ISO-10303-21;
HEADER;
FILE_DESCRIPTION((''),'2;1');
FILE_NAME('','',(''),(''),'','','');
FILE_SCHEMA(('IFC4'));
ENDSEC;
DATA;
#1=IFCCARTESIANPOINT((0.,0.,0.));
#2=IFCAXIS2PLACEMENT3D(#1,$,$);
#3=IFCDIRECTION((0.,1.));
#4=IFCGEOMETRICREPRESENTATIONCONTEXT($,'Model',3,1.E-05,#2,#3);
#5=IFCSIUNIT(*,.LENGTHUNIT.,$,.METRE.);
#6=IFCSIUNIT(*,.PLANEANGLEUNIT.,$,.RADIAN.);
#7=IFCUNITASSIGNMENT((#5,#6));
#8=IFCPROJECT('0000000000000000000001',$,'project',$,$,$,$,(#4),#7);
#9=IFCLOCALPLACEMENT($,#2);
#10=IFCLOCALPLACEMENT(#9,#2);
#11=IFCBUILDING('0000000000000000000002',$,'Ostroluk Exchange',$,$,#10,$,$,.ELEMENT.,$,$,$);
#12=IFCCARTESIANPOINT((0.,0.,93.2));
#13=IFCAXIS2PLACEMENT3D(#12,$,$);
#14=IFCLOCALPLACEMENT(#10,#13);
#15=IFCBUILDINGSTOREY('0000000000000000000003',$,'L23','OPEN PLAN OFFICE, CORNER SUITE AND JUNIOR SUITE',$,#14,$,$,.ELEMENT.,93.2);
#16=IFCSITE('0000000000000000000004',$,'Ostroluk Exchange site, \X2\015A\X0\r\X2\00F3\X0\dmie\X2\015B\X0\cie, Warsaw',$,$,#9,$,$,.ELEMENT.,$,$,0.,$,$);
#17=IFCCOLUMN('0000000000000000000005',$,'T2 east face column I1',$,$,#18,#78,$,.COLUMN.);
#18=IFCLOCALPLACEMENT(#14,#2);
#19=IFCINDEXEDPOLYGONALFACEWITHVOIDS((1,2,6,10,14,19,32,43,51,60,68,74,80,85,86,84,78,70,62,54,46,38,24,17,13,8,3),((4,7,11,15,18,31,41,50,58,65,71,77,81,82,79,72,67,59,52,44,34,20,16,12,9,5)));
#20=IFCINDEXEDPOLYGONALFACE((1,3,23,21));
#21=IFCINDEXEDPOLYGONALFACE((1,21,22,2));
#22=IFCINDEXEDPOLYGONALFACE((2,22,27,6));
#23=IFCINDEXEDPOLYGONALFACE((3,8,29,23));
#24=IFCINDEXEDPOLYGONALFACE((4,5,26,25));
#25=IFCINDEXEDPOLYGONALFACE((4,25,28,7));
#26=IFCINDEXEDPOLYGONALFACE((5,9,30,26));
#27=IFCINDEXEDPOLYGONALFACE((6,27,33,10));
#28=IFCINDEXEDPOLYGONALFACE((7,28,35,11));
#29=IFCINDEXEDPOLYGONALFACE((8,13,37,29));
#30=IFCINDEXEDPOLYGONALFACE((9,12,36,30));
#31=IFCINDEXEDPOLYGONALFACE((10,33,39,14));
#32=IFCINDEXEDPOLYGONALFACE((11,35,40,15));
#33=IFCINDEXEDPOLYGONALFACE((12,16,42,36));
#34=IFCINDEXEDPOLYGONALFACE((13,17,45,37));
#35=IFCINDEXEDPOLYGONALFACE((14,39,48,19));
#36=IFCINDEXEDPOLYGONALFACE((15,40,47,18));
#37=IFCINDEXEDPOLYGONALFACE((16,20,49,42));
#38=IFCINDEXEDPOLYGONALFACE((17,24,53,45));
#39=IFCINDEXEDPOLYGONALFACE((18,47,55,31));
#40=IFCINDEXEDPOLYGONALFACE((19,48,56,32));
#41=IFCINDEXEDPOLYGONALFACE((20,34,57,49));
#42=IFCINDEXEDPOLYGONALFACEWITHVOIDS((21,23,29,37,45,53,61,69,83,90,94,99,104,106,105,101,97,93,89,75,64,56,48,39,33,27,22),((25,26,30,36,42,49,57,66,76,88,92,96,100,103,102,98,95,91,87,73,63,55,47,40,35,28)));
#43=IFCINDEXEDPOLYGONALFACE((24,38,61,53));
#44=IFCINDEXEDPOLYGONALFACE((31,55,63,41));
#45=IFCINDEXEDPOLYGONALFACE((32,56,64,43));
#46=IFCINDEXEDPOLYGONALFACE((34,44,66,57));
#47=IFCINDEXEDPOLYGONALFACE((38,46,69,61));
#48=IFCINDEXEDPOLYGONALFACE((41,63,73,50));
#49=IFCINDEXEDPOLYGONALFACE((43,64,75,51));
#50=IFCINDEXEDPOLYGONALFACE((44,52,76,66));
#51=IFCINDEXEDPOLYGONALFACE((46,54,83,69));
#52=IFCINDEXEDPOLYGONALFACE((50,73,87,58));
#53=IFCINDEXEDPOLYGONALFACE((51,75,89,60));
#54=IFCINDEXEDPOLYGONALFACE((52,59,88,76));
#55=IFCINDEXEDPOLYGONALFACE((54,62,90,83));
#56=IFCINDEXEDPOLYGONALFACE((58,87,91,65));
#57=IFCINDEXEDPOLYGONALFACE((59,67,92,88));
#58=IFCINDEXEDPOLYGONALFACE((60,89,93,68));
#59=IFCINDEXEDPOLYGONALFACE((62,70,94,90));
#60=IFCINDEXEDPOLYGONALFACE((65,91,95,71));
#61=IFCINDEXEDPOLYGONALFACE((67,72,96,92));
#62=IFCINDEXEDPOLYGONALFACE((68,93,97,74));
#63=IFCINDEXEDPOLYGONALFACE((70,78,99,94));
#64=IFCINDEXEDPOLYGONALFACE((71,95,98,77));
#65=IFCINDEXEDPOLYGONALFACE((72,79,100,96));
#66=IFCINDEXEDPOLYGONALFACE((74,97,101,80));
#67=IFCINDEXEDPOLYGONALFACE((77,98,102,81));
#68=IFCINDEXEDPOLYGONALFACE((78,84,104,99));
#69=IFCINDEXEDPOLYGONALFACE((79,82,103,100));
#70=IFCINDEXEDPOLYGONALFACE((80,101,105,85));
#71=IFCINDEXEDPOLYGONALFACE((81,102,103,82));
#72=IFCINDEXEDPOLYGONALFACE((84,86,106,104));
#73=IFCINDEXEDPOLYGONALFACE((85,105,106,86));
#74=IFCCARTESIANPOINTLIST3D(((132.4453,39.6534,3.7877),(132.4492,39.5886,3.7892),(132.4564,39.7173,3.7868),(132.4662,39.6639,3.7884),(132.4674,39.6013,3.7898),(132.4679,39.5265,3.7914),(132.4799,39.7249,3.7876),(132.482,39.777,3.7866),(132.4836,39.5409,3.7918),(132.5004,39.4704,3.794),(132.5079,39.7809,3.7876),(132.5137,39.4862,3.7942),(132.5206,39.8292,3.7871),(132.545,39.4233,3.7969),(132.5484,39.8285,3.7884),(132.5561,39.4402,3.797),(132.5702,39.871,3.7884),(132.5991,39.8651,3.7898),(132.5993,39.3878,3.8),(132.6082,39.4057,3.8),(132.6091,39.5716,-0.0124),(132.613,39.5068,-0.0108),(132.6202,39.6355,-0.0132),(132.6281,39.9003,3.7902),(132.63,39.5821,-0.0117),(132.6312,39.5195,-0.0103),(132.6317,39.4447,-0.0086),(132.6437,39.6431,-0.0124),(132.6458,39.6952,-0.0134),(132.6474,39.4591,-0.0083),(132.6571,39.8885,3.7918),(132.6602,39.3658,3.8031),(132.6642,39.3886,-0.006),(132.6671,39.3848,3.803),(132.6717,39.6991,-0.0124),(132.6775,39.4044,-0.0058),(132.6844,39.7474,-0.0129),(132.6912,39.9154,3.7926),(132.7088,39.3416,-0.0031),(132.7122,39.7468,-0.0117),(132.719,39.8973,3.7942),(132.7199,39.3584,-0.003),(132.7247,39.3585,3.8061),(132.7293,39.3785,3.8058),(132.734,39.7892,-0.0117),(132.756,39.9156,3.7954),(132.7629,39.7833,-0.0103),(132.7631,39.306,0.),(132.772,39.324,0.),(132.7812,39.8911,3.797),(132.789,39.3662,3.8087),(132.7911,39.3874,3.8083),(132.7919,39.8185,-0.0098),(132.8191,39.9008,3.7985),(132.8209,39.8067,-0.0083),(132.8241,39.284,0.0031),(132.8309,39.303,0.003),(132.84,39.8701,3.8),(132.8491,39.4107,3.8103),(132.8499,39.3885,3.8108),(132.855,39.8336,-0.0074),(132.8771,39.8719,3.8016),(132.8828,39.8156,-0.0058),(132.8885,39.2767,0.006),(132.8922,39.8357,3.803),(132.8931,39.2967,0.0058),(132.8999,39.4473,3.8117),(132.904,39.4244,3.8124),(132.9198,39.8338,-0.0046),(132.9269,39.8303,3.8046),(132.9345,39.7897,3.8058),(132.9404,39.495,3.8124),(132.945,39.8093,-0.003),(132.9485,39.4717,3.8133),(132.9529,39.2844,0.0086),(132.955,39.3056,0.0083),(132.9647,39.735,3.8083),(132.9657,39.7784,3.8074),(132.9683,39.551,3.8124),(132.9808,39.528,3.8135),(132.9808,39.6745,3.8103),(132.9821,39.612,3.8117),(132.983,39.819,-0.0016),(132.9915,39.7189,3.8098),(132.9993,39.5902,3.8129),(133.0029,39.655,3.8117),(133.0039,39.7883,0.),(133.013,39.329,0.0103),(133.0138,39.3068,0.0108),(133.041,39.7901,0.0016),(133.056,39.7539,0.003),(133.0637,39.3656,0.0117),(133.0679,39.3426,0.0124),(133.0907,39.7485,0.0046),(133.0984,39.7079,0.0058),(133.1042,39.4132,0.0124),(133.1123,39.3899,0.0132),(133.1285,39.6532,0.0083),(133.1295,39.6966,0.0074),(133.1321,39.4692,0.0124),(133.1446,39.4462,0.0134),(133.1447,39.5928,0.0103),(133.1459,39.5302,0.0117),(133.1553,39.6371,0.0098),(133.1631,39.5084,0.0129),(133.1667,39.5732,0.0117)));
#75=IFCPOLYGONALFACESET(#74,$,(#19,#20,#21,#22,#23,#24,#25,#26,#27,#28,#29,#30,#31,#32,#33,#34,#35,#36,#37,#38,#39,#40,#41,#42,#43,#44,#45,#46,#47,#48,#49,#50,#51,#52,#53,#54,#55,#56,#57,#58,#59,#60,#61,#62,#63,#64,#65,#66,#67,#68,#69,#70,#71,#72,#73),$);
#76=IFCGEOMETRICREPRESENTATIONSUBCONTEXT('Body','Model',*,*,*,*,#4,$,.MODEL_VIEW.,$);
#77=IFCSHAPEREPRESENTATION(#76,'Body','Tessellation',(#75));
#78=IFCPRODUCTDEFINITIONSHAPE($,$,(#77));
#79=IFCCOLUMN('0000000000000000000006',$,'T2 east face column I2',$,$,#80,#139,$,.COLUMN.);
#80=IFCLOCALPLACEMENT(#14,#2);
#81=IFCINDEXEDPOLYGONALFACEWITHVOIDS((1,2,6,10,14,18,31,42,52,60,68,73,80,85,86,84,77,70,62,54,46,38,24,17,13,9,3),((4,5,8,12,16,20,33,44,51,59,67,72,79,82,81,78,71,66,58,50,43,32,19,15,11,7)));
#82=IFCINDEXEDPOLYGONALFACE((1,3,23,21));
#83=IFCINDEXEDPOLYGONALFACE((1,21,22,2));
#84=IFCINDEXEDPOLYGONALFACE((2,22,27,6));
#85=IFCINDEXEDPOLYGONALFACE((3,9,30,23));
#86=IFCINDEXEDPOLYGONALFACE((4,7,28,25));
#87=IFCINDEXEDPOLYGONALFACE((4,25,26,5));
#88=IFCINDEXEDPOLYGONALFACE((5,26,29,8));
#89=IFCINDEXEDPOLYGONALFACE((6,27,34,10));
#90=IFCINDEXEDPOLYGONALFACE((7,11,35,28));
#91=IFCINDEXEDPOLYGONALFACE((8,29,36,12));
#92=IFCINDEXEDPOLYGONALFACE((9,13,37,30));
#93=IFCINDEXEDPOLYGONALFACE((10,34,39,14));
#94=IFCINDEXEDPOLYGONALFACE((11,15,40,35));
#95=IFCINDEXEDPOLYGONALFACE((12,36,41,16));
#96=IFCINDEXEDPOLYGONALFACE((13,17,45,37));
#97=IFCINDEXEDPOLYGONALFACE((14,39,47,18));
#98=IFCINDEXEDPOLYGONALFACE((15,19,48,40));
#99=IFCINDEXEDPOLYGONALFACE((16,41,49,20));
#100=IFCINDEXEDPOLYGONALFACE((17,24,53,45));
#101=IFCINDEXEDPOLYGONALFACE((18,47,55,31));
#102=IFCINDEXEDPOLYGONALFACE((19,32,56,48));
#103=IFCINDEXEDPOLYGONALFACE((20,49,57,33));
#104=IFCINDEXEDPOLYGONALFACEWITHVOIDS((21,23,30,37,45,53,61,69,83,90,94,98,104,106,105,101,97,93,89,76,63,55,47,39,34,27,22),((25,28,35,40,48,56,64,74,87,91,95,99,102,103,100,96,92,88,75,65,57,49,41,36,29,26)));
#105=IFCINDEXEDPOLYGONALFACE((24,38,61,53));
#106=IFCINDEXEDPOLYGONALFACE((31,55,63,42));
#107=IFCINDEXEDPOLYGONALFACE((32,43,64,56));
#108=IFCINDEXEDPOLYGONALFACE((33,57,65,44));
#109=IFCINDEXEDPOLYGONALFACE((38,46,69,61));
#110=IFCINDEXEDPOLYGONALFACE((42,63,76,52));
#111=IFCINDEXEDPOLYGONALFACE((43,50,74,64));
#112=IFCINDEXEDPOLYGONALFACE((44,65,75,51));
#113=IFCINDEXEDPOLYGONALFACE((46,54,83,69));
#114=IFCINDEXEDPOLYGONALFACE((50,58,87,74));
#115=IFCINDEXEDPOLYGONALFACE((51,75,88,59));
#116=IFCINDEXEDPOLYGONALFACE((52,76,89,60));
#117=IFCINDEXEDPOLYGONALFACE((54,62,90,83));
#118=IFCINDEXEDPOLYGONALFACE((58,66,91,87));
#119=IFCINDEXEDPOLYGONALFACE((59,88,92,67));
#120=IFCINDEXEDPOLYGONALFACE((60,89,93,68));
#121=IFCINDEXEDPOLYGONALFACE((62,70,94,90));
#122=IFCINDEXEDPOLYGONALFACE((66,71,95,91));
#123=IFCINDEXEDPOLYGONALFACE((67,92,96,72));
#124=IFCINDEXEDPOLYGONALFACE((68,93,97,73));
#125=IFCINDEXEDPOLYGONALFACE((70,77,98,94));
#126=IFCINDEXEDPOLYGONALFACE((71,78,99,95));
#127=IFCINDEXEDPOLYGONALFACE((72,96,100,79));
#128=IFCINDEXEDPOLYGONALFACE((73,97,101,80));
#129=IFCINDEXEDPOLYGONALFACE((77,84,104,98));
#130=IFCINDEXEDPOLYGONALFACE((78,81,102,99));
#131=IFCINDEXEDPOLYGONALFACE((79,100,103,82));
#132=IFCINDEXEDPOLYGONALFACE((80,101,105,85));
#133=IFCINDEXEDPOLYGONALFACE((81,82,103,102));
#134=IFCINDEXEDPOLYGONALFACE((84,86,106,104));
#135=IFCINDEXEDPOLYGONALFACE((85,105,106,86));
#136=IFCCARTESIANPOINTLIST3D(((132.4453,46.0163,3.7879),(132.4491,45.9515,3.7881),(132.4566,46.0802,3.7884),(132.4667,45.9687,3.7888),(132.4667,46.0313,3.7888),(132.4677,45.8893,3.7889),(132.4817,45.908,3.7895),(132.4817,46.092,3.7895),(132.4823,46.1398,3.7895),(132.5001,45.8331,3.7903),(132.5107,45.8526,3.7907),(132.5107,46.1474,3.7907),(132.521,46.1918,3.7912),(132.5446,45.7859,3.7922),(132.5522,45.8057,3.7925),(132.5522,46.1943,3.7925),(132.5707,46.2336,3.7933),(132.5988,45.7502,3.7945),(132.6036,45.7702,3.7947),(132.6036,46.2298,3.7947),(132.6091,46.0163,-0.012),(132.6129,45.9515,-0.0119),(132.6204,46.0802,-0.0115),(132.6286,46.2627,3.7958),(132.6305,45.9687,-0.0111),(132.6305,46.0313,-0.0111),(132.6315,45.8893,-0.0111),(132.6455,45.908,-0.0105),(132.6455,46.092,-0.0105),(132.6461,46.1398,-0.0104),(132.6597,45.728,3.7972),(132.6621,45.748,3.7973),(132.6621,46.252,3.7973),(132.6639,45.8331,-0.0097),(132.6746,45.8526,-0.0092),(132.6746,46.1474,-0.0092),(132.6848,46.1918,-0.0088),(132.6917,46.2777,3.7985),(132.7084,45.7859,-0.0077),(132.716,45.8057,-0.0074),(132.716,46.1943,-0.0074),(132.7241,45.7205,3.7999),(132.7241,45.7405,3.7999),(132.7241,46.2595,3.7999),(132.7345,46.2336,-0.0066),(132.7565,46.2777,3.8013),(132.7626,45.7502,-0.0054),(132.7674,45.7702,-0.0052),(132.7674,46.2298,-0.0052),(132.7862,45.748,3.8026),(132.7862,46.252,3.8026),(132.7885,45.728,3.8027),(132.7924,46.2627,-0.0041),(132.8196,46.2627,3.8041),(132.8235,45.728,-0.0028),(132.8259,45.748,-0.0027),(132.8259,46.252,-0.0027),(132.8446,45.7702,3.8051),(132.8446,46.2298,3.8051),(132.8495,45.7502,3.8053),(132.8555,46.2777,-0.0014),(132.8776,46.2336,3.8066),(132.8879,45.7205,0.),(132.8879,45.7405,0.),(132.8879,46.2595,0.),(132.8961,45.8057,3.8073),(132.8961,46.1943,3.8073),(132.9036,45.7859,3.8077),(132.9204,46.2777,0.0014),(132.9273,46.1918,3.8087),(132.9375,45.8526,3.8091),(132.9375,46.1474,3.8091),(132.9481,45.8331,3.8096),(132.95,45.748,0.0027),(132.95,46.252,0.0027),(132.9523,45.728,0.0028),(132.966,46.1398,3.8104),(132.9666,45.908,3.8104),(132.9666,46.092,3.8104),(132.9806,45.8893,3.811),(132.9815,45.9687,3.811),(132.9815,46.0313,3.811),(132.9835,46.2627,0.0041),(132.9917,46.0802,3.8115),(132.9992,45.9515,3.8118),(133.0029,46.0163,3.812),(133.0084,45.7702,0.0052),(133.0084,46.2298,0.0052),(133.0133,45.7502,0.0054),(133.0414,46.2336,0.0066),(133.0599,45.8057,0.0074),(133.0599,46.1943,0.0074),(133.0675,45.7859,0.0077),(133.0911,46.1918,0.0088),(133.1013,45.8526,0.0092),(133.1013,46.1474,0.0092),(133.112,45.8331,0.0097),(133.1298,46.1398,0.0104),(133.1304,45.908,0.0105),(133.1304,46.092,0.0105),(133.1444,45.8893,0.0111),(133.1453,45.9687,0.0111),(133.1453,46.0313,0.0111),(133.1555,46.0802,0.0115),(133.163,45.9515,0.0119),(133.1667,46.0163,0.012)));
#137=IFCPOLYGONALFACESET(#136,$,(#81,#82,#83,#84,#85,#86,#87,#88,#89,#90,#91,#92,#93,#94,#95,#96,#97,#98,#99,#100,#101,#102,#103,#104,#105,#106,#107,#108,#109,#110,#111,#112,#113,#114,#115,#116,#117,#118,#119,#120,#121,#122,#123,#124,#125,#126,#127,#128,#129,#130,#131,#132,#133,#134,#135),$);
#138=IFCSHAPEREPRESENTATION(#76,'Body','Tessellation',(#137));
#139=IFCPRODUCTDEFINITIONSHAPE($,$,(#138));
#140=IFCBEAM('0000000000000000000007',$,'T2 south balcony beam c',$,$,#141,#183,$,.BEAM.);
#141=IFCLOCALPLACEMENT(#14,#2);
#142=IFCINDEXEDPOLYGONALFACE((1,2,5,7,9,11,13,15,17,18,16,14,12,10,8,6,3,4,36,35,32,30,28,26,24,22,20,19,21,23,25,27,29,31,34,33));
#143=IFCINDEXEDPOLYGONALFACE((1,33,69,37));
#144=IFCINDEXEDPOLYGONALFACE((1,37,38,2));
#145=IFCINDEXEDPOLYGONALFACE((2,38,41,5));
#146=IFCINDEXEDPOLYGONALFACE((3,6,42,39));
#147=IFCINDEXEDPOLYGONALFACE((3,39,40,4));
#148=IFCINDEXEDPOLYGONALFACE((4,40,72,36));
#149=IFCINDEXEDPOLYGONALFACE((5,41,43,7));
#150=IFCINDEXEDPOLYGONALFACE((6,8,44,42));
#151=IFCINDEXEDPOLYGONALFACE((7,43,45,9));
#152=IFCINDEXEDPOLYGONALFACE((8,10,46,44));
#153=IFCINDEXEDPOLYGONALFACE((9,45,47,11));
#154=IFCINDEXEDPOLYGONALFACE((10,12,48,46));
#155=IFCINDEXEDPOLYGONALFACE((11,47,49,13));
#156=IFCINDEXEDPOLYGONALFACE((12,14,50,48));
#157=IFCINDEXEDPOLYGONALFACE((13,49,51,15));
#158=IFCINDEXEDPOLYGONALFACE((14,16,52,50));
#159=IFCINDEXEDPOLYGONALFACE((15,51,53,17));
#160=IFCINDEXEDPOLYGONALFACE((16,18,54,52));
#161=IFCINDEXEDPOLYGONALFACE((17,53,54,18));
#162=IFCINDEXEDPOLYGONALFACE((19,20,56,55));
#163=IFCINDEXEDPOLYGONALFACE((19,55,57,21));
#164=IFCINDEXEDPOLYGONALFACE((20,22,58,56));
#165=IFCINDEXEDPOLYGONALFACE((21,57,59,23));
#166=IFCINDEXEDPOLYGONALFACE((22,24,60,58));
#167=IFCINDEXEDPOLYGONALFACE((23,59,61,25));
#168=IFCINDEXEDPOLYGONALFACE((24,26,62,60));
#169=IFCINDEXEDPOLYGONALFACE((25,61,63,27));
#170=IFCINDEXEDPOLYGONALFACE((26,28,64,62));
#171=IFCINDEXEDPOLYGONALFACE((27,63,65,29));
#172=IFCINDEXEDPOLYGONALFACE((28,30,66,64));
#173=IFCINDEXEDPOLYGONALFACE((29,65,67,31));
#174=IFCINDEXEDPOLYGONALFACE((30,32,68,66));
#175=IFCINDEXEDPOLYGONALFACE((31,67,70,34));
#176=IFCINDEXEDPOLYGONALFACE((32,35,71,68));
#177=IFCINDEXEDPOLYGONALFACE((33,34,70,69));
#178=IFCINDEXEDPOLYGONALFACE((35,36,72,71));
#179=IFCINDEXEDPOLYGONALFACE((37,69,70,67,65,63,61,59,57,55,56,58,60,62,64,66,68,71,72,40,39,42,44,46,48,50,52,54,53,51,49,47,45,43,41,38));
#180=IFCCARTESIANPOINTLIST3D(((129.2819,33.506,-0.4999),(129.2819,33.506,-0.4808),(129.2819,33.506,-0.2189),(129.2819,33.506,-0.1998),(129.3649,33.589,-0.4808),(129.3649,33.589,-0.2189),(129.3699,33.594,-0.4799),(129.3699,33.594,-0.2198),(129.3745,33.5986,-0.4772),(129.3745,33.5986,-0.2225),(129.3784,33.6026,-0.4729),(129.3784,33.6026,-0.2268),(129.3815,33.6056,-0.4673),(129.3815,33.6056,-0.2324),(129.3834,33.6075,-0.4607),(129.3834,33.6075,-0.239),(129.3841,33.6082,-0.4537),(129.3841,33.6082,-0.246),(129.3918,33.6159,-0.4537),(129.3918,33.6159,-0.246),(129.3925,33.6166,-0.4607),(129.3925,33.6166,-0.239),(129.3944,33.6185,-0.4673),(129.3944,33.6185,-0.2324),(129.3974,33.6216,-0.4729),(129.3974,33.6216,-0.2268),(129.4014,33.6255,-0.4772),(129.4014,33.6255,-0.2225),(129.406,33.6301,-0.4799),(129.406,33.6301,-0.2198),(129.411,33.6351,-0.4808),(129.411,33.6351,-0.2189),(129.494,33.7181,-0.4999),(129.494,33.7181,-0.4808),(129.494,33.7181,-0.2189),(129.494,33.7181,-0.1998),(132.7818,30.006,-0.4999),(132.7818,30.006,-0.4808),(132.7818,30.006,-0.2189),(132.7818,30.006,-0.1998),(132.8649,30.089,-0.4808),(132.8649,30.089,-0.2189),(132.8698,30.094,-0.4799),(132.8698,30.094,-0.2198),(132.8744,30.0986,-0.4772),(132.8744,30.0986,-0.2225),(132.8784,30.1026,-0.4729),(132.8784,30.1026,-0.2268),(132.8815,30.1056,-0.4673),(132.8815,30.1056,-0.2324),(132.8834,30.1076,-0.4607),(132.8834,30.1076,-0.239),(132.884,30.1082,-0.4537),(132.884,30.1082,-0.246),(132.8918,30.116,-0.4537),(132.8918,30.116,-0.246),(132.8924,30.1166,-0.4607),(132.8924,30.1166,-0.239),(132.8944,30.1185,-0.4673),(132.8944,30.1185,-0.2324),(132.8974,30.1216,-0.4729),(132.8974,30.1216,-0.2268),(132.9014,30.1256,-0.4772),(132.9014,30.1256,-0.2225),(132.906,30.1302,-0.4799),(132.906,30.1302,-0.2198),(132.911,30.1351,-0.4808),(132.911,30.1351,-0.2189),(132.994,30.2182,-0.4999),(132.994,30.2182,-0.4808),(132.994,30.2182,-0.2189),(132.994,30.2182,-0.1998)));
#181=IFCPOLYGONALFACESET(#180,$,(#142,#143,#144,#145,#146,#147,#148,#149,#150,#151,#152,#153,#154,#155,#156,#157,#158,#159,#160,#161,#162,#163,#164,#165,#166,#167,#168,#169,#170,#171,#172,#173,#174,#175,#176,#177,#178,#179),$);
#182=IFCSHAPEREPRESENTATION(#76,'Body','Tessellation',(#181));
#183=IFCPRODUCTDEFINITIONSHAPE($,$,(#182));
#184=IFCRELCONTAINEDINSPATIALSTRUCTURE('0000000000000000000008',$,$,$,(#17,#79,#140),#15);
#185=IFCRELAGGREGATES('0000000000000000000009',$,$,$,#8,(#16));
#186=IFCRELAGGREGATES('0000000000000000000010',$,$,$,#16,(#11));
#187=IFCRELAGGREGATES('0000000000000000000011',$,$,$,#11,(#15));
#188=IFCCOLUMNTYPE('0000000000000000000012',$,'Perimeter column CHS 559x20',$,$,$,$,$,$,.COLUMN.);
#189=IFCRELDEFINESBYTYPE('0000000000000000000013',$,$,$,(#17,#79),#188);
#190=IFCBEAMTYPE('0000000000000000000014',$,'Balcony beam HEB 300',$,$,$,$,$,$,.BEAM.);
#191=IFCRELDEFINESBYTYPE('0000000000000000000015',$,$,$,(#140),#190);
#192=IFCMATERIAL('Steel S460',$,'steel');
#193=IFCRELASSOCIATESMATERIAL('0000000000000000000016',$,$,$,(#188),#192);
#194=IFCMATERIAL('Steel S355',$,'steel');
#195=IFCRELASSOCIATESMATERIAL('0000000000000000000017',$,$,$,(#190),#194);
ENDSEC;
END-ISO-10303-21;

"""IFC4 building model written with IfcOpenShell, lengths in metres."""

from ifc_helpers import new_model, si_unit, direction, frame, origin, origin_2d, place, context, subcontext, project, spatial, hollow_circle, i_section, extrude, material, material_profile, profile_set, type_object, element, save


model = new_model("IFC4")

# Units and contexts
model_context = context("Model", 3, precision=1e-05, world=origin(), true_north=direction((0.0, 1.0)))
body_context = subcontext(model_context, "Body", "Model", "MODEL_VIEW")
ifc_project = project(units=[si_unit("LENGTHUNIT", "METRE"), si_unit("PLANEANGLEUNIT", "RADIAN")], contexts=[model_context])

# Site, building, storey
site_placement = place(None, origin())
site = spatial("IfcSite", under=ifc_project, at=site_placement, Name="Ostroluk Exchange site, Śródmieście, Warsaw", CompositionType="ELEMENT", RefElevation=0.0)
building_placement = place(site_placement, origin())
building = spatial("IfcBuilding", under=site, at=building_placement, Name="Ostroluk Exchange", CompositionType="ELEMENT")
storey_placement = place(building_placement, frame((0.0, 0.0, 93.2)))
storey = spatial("IfcBuildingStorey", under=building, at=storey_placement, Name="L23", Description="OPEN PLAN OFFICE, CORNER SUITE AND JUNIOR SUITE", CompositionType="ELEMENT", Elevation=93.2)

# Columns
ifc_material_1 = material(Name="Steel S460", Category="steel")
ifc_material_profile_1 = material_profile(ifc_material_1, hollow_circle(Radius=0.2795, WallThickness=0.02, at=origin_2d()), Name="CHS 559x20")
ifc_profile_set_1 = profile_set([ifc_material_profile_1], Name="Steel S460")
column_type = type_object("IfcColumnType", Name="Perimeter column CHS 559x20", PredefinedType="COLUMN", material=ifc_profile_set_1)
column_1_placement = place(storey_placement, frame((132.8879, 39.5562, 0.0), z_axis=(-0.04306, 0.021498, 0.998841), x_axis=(-0.44668, -0.894694, 0.0)))
element("IfcColumn", 1, at=column_1_placement, inside=storey, type_object=column_type, Name="T2 east face column I1", PredefinedType="COLUMN", context=body_context, shape_type="SweptSolid", body=[
    extrude(hollow_circle(Radius=0.2795, WallThickness=0.02, at=origin_2d()), origin(), (0.0, 0.0, 1.0), 3.8044),
])
column_2_placement = place(storey_placement, frame((132.8879, 46.0, 0.0), z_axis=(-0.04307, 0.0, 0.999072), x_axis=(0.0, -1.0, 0.0)))
element("IfcColumn", 2, at=column_2_placement, inside=storey, type_object=column_type, Name="T2 east face column I2", PredefinedType="COLUMN", context=body_context, shape_type="SweptSolid", body=[
    extrude(hollow_circle(Radius=0.2795, WallThickness=0.02, at=origin_2d()), origin(), (0.0, 0.0, 1.0), 3.8035),
])

# Beam
ifc_material_2 = material(Name="Steel S355", Category="steel")
ifc_material_profile_2 = material_profile(ifc_material_2, i_section(OverallWidth=0.3, OverallDepth=0.3, WebThickness=0.011, FlangeThickness=0.019, FilletRadius=0.0271, at=origin_2d()), Name="HEB 300")
ifc_profile_set_2 = profile_set([ifc_material_profile_2], Name="Steel S355")
beam_type_1 = type_object("IfcBeamType", Name="Balcony beam HEB 300", PredefinedType="BEAM", material=ifc_profile_set_2)
beam_placement = place(storey_placement, frame((129.3879, 33.6121, -0.3499), z_axis=(0.707107, -0.707107, 0.0), x_axis=(0.707107, 0.707107, 0.0)))
element("IfcBeam", 3, at=beam_placement, inside=storey, type_object=beam_type_1, Name="T2 south balcony beam c", PredefinedType="BEAM", context=body_context, shape_type="SweptSolid", body=[
    extrude(i_section(OverallWidth=0.3, OverallDepth=0.3, WebThickness=0.011, FlangeThickness=0.019, FilletRadius=0.0271, at=origin_2d()), origin(), (0.0, 0.0, 1.0), 4.9497),
])

save(model, "model.ifc")
